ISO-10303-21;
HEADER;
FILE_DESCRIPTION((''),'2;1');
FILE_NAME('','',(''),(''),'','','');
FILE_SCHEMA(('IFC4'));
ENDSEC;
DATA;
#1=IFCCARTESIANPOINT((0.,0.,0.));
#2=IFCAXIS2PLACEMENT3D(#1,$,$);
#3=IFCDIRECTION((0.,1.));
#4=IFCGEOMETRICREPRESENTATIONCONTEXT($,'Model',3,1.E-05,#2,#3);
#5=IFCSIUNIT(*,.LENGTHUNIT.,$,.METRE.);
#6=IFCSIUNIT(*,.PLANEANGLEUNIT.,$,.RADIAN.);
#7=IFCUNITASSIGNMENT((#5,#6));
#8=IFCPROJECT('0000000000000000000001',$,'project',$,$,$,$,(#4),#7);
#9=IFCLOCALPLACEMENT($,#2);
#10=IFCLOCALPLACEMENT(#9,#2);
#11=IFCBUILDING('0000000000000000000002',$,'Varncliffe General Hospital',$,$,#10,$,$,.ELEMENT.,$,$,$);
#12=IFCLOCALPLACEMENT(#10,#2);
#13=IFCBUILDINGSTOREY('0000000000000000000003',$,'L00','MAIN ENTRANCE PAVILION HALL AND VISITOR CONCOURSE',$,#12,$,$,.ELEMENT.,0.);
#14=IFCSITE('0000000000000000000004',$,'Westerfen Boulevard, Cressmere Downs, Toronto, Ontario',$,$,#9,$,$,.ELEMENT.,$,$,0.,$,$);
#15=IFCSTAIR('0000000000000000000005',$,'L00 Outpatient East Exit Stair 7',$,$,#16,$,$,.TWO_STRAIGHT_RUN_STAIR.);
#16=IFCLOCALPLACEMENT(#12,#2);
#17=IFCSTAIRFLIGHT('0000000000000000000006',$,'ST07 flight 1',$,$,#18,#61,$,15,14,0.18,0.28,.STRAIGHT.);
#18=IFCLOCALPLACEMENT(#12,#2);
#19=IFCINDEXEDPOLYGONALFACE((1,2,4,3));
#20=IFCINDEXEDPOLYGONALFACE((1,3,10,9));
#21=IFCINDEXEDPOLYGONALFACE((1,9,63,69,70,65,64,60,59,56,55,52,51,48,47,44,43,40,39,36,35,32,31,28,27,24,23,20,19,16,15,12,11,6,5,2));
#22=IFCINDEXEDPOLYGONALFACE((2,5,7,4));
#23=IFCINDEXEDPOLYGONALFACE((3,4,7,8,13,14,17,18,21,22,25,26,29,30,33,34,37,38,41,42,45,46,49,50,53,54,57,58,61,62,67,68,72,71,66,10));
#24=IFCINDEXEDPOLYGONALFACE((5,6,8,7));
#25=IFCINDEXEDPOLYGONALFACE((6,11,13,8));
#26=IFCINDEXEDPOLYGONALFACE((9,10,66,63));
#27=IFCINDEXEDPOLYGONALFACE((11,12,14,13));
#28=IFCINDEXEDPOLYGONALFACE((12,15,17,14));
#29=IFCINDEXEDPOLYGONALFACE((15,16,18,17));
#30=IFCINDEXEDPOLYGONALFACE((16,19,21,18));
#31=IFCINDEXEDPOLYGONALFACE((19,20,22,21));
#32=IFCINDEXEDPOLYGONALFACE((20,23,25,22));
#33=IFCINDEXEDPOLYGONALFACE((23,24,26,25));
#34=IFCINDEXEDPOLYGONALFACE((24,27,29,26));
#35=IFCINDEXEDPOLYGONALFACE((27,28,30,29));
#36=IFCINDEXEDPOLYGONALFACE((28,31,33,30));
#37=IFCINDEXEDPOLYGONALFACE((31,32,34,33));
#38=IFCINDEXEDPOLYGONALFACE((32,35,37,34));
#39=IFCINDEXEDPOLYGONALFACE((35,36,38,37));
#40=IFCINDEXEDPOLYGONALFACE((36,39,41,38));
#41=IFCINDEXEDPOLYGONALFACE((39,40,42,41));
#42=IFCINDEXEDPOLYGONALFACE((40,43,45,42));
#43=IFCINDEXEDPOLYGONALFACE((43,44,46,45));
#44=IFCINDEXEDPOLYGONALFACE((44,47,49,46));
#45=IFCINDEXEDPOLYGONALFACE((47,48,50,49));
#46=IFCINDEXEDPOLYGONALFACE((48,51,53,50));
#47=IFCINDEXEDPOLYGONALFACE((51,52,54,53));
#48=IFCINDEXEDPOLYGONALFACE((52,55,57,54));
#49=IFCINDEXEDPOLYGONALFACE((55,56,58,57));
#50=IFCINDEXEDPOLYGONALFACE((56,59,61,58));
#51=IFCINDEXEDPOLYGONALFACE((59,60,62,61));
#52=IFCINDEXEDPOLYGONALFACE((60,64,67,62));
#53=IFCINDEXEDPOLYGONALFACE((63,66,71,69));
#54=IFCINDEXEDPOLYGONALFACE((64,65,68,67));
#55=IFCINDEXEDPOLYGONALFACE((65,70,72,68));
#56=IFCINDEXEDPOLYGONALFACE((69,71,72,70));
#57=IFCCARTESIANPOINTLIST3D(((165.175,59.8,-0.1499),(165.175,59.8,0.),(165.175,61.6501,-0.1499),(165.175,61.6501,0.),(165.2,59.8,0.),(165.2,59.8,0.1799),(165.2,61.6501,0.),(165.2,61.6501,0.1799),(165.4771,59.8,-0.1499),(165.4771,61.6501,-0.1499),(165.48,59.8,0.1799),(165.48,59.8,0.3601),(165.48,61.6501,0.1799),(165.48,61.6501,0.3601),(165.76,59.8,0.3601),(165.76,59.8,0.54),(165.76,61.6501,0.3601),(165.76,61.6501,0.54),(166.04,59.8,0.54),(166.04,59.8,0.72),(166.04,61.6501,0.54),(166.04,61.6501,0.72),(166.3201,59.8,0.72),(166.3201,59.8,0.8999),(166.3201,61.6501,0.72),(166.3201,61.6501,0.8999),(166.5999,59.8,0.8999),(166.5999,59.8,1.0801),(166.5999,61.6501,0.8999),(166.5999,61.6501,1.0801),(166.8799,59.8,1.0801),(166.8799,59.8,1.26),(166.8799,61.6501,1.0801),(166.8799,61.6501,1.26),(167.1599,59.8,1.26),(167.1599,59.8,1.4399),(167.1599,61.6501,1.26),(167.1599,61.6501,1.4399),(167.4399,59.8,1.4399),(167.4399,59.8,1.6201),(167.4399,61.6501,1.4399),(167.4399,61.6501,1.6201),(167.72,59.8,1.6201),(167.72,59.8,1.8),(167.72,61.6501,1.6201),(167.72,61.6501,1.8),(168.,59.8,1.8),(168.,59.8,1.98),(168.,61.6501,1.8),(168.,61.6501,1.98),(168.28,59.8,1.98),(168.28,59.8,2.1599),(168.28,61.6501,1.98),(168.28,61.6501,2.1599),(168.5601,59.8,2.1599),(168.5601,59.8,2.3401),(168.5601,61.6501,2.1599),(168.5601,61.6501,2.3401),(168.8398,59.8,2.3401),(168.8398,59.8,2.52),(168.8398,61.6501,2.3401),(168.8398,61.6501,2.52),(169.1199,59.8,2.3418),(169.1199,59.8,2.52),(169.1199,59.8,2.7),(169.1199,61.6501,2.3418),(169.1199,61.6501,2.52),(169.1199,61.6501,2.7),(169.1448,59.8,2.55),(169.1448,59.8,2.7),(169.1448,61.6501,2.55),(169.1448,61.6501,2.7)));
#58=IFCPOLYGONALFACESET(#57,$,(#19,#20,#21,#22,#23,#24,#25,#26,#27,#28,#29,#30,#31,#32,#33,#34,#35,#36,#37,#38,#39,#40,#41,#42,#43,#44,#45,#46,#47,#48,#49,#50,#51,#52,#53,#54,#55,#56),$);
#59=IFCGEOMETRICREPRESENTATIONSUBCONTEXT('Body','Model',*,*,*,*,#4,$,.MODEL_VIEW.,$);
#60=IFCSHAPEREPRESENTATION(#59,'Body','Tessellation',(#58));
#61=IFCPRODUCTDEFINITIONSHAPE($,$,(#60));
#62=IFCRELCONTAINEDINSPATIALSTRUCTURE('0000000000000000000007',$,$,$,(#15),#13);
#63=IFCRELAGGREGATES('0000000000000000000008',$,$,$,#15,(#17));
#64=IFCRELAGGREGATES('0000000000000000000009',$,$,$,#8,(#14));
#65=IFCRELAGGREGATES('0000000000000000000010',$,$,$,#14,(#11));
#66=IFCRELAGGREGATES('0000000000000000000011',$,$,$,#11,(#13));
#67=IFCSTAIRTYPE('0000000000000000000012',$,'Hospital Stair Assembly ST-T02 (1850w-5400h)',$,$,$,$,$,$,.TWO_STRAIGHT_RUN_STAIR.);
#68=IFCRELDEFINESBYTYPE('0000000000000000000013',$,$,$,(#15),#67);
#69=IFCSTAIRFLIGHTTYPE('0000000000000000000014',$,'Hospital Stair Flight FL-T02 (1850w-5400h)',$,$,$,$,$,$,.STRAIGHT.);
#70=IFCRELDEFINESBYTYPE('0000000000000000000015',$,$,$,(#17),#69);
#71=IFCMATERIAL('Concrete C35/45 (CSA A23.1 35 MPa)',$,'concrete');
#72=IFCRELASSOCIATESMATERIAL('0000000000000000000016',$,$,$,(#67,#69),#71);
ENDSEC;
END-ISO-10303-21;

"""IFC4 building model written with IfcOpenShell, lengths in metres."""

from ifc_helpers import new_model, si_unit, direction, frame, origin, place, context, subcontext, project, spatial, polyline, outline, extrude, material, type_object, element, aggregate, save


model = new_model("IFC4")

# Units and contexts
model_context = context("Model", 3, precision=1e-05, world=origin(), true_north=direction((0.0, 1.0)))
body_context = subcontext(model_context, "Body", "Model", "MODEL_VIEW")
ifc_project = project(units=[si_unit("LENGTHUNIT", "METRE"), si_unit("PLANEANGLEUNIT", "RADIAN")], contexts=[model_context])

# Site, building, storey
site_placement = place(None, origin())
site = spatial("IfcSite", under=ifc_project, at=site_placement, Name="Westerfen Boulevard, Cressmere Downs, Toronto, Ontario", CompositionType="ELEMENT", RefElevation=0.0)
building_placement = place(site_placement, origin())
building = spatial("IfcBuilding", under=site, at=building_placement, Name="Varncliffe General Hospital", CompositionType="ELEMENT")
storey_placement = place(building_placement, origin())
storey = spatial("IfcBuildingStorey", under=building, at=storey_placement, Name="L00", Description="MAIN ENTRANCE PAVILION HALL AND VISITOR CONCOURSE", CompositionType="ELEMENT", Elevation=0.0)

# Shared definitions
ifc_material_1 = material(Name="Concrete C35/45 (CSA A23.1 35 MPa)", Category="concrete")

# Stair, stair flight
stair_type = type_object("IfcStairType", Name="Hospital Stair Assembly ST-T02 (1850w-5400h)", PredefinedType="TWO_STRAIGHT_RUN_STAIR", material=ifc_material_1)
stair_placement = place(storey_placement, origin())
stair = element("IfcStair", 1, at=stair_placement, inside=storey, type_object=stair_type, Name="L00 Outpatient East Exit Stair 7", PredefinedType="TWO_STRAIGHT_RUN_STAIR")
stair_flight_type = type_object("IfcStairFlightType", Name="Hospital Stair Flight FL-T02 (1850w-5400h)", PredefinedType="STRAIGHT", material=ifc_material_1)
stair_flight_placement = place(storey_placement, frame((165.2, 60.7251, 0.0), z_axis=(0.0, 0.0, 1.0), x_axis=(1.0, 0.0, 0.0)))
stair_flight = element("IfcStairFlight", 2, at=stair_flight_placement, type_object=stair_flight_type, Name="ST07 flight 1", NumberOfRisers=15, NumberOfTreads=14, PredefinedType="STRAIGHT", RiserHeight=0.18, TreadLength=0.28, context=body_context, shape_type="SweptSolid", body=[
    extrude(outline(polyline([(-0.0249, -0.1499), (-0.0249, 0.0), (0.0, 0.0), (0.0, 0.1799), (0.28, 0.1799), (0.28, 0.3601), (0.5601, 0.3601), (0.5601, 0.54), (0.8401, 0.54), (0.8401, 0.72), (1.1201, 0.72), (1.1201, 0.8999), (1.3999, 0.8999), (1.3999, 1.0801), (1.6799, 1.0801), (1.6799, 1.26), (1.96, 1.26), (1.96, 1.4399), (2.24, 1.4399), (2.24, 1.6201), (2.52, 1.6201), (2.52, 1.8), (2.8, 1.8), (2.8, 1.98), (3.0801, 1.98), (3.0801, 2.1599), (3.3601, 2.1599), (3.3601, 2.3401), (3.6399, 2.3401), (3.6399, 2.52), (3.9199, 2.52), (3.9199, 2.7), (3.9448, 2.7), (3.9448, 2.55), (3.9199, 2.3418), (0.2771, -0.1499), (-0.0249, -0.1499)])), frame((0.0, 0.925, 0.0), z_axis=(0.0, -1.0, 0.0), x_axis=(1.0, 0.0, 0.0)), (0.0, 0.0, 1.0), 1.8501),
])
aggregate(stair, [stair_flight])

save(model, "model.ifc")
